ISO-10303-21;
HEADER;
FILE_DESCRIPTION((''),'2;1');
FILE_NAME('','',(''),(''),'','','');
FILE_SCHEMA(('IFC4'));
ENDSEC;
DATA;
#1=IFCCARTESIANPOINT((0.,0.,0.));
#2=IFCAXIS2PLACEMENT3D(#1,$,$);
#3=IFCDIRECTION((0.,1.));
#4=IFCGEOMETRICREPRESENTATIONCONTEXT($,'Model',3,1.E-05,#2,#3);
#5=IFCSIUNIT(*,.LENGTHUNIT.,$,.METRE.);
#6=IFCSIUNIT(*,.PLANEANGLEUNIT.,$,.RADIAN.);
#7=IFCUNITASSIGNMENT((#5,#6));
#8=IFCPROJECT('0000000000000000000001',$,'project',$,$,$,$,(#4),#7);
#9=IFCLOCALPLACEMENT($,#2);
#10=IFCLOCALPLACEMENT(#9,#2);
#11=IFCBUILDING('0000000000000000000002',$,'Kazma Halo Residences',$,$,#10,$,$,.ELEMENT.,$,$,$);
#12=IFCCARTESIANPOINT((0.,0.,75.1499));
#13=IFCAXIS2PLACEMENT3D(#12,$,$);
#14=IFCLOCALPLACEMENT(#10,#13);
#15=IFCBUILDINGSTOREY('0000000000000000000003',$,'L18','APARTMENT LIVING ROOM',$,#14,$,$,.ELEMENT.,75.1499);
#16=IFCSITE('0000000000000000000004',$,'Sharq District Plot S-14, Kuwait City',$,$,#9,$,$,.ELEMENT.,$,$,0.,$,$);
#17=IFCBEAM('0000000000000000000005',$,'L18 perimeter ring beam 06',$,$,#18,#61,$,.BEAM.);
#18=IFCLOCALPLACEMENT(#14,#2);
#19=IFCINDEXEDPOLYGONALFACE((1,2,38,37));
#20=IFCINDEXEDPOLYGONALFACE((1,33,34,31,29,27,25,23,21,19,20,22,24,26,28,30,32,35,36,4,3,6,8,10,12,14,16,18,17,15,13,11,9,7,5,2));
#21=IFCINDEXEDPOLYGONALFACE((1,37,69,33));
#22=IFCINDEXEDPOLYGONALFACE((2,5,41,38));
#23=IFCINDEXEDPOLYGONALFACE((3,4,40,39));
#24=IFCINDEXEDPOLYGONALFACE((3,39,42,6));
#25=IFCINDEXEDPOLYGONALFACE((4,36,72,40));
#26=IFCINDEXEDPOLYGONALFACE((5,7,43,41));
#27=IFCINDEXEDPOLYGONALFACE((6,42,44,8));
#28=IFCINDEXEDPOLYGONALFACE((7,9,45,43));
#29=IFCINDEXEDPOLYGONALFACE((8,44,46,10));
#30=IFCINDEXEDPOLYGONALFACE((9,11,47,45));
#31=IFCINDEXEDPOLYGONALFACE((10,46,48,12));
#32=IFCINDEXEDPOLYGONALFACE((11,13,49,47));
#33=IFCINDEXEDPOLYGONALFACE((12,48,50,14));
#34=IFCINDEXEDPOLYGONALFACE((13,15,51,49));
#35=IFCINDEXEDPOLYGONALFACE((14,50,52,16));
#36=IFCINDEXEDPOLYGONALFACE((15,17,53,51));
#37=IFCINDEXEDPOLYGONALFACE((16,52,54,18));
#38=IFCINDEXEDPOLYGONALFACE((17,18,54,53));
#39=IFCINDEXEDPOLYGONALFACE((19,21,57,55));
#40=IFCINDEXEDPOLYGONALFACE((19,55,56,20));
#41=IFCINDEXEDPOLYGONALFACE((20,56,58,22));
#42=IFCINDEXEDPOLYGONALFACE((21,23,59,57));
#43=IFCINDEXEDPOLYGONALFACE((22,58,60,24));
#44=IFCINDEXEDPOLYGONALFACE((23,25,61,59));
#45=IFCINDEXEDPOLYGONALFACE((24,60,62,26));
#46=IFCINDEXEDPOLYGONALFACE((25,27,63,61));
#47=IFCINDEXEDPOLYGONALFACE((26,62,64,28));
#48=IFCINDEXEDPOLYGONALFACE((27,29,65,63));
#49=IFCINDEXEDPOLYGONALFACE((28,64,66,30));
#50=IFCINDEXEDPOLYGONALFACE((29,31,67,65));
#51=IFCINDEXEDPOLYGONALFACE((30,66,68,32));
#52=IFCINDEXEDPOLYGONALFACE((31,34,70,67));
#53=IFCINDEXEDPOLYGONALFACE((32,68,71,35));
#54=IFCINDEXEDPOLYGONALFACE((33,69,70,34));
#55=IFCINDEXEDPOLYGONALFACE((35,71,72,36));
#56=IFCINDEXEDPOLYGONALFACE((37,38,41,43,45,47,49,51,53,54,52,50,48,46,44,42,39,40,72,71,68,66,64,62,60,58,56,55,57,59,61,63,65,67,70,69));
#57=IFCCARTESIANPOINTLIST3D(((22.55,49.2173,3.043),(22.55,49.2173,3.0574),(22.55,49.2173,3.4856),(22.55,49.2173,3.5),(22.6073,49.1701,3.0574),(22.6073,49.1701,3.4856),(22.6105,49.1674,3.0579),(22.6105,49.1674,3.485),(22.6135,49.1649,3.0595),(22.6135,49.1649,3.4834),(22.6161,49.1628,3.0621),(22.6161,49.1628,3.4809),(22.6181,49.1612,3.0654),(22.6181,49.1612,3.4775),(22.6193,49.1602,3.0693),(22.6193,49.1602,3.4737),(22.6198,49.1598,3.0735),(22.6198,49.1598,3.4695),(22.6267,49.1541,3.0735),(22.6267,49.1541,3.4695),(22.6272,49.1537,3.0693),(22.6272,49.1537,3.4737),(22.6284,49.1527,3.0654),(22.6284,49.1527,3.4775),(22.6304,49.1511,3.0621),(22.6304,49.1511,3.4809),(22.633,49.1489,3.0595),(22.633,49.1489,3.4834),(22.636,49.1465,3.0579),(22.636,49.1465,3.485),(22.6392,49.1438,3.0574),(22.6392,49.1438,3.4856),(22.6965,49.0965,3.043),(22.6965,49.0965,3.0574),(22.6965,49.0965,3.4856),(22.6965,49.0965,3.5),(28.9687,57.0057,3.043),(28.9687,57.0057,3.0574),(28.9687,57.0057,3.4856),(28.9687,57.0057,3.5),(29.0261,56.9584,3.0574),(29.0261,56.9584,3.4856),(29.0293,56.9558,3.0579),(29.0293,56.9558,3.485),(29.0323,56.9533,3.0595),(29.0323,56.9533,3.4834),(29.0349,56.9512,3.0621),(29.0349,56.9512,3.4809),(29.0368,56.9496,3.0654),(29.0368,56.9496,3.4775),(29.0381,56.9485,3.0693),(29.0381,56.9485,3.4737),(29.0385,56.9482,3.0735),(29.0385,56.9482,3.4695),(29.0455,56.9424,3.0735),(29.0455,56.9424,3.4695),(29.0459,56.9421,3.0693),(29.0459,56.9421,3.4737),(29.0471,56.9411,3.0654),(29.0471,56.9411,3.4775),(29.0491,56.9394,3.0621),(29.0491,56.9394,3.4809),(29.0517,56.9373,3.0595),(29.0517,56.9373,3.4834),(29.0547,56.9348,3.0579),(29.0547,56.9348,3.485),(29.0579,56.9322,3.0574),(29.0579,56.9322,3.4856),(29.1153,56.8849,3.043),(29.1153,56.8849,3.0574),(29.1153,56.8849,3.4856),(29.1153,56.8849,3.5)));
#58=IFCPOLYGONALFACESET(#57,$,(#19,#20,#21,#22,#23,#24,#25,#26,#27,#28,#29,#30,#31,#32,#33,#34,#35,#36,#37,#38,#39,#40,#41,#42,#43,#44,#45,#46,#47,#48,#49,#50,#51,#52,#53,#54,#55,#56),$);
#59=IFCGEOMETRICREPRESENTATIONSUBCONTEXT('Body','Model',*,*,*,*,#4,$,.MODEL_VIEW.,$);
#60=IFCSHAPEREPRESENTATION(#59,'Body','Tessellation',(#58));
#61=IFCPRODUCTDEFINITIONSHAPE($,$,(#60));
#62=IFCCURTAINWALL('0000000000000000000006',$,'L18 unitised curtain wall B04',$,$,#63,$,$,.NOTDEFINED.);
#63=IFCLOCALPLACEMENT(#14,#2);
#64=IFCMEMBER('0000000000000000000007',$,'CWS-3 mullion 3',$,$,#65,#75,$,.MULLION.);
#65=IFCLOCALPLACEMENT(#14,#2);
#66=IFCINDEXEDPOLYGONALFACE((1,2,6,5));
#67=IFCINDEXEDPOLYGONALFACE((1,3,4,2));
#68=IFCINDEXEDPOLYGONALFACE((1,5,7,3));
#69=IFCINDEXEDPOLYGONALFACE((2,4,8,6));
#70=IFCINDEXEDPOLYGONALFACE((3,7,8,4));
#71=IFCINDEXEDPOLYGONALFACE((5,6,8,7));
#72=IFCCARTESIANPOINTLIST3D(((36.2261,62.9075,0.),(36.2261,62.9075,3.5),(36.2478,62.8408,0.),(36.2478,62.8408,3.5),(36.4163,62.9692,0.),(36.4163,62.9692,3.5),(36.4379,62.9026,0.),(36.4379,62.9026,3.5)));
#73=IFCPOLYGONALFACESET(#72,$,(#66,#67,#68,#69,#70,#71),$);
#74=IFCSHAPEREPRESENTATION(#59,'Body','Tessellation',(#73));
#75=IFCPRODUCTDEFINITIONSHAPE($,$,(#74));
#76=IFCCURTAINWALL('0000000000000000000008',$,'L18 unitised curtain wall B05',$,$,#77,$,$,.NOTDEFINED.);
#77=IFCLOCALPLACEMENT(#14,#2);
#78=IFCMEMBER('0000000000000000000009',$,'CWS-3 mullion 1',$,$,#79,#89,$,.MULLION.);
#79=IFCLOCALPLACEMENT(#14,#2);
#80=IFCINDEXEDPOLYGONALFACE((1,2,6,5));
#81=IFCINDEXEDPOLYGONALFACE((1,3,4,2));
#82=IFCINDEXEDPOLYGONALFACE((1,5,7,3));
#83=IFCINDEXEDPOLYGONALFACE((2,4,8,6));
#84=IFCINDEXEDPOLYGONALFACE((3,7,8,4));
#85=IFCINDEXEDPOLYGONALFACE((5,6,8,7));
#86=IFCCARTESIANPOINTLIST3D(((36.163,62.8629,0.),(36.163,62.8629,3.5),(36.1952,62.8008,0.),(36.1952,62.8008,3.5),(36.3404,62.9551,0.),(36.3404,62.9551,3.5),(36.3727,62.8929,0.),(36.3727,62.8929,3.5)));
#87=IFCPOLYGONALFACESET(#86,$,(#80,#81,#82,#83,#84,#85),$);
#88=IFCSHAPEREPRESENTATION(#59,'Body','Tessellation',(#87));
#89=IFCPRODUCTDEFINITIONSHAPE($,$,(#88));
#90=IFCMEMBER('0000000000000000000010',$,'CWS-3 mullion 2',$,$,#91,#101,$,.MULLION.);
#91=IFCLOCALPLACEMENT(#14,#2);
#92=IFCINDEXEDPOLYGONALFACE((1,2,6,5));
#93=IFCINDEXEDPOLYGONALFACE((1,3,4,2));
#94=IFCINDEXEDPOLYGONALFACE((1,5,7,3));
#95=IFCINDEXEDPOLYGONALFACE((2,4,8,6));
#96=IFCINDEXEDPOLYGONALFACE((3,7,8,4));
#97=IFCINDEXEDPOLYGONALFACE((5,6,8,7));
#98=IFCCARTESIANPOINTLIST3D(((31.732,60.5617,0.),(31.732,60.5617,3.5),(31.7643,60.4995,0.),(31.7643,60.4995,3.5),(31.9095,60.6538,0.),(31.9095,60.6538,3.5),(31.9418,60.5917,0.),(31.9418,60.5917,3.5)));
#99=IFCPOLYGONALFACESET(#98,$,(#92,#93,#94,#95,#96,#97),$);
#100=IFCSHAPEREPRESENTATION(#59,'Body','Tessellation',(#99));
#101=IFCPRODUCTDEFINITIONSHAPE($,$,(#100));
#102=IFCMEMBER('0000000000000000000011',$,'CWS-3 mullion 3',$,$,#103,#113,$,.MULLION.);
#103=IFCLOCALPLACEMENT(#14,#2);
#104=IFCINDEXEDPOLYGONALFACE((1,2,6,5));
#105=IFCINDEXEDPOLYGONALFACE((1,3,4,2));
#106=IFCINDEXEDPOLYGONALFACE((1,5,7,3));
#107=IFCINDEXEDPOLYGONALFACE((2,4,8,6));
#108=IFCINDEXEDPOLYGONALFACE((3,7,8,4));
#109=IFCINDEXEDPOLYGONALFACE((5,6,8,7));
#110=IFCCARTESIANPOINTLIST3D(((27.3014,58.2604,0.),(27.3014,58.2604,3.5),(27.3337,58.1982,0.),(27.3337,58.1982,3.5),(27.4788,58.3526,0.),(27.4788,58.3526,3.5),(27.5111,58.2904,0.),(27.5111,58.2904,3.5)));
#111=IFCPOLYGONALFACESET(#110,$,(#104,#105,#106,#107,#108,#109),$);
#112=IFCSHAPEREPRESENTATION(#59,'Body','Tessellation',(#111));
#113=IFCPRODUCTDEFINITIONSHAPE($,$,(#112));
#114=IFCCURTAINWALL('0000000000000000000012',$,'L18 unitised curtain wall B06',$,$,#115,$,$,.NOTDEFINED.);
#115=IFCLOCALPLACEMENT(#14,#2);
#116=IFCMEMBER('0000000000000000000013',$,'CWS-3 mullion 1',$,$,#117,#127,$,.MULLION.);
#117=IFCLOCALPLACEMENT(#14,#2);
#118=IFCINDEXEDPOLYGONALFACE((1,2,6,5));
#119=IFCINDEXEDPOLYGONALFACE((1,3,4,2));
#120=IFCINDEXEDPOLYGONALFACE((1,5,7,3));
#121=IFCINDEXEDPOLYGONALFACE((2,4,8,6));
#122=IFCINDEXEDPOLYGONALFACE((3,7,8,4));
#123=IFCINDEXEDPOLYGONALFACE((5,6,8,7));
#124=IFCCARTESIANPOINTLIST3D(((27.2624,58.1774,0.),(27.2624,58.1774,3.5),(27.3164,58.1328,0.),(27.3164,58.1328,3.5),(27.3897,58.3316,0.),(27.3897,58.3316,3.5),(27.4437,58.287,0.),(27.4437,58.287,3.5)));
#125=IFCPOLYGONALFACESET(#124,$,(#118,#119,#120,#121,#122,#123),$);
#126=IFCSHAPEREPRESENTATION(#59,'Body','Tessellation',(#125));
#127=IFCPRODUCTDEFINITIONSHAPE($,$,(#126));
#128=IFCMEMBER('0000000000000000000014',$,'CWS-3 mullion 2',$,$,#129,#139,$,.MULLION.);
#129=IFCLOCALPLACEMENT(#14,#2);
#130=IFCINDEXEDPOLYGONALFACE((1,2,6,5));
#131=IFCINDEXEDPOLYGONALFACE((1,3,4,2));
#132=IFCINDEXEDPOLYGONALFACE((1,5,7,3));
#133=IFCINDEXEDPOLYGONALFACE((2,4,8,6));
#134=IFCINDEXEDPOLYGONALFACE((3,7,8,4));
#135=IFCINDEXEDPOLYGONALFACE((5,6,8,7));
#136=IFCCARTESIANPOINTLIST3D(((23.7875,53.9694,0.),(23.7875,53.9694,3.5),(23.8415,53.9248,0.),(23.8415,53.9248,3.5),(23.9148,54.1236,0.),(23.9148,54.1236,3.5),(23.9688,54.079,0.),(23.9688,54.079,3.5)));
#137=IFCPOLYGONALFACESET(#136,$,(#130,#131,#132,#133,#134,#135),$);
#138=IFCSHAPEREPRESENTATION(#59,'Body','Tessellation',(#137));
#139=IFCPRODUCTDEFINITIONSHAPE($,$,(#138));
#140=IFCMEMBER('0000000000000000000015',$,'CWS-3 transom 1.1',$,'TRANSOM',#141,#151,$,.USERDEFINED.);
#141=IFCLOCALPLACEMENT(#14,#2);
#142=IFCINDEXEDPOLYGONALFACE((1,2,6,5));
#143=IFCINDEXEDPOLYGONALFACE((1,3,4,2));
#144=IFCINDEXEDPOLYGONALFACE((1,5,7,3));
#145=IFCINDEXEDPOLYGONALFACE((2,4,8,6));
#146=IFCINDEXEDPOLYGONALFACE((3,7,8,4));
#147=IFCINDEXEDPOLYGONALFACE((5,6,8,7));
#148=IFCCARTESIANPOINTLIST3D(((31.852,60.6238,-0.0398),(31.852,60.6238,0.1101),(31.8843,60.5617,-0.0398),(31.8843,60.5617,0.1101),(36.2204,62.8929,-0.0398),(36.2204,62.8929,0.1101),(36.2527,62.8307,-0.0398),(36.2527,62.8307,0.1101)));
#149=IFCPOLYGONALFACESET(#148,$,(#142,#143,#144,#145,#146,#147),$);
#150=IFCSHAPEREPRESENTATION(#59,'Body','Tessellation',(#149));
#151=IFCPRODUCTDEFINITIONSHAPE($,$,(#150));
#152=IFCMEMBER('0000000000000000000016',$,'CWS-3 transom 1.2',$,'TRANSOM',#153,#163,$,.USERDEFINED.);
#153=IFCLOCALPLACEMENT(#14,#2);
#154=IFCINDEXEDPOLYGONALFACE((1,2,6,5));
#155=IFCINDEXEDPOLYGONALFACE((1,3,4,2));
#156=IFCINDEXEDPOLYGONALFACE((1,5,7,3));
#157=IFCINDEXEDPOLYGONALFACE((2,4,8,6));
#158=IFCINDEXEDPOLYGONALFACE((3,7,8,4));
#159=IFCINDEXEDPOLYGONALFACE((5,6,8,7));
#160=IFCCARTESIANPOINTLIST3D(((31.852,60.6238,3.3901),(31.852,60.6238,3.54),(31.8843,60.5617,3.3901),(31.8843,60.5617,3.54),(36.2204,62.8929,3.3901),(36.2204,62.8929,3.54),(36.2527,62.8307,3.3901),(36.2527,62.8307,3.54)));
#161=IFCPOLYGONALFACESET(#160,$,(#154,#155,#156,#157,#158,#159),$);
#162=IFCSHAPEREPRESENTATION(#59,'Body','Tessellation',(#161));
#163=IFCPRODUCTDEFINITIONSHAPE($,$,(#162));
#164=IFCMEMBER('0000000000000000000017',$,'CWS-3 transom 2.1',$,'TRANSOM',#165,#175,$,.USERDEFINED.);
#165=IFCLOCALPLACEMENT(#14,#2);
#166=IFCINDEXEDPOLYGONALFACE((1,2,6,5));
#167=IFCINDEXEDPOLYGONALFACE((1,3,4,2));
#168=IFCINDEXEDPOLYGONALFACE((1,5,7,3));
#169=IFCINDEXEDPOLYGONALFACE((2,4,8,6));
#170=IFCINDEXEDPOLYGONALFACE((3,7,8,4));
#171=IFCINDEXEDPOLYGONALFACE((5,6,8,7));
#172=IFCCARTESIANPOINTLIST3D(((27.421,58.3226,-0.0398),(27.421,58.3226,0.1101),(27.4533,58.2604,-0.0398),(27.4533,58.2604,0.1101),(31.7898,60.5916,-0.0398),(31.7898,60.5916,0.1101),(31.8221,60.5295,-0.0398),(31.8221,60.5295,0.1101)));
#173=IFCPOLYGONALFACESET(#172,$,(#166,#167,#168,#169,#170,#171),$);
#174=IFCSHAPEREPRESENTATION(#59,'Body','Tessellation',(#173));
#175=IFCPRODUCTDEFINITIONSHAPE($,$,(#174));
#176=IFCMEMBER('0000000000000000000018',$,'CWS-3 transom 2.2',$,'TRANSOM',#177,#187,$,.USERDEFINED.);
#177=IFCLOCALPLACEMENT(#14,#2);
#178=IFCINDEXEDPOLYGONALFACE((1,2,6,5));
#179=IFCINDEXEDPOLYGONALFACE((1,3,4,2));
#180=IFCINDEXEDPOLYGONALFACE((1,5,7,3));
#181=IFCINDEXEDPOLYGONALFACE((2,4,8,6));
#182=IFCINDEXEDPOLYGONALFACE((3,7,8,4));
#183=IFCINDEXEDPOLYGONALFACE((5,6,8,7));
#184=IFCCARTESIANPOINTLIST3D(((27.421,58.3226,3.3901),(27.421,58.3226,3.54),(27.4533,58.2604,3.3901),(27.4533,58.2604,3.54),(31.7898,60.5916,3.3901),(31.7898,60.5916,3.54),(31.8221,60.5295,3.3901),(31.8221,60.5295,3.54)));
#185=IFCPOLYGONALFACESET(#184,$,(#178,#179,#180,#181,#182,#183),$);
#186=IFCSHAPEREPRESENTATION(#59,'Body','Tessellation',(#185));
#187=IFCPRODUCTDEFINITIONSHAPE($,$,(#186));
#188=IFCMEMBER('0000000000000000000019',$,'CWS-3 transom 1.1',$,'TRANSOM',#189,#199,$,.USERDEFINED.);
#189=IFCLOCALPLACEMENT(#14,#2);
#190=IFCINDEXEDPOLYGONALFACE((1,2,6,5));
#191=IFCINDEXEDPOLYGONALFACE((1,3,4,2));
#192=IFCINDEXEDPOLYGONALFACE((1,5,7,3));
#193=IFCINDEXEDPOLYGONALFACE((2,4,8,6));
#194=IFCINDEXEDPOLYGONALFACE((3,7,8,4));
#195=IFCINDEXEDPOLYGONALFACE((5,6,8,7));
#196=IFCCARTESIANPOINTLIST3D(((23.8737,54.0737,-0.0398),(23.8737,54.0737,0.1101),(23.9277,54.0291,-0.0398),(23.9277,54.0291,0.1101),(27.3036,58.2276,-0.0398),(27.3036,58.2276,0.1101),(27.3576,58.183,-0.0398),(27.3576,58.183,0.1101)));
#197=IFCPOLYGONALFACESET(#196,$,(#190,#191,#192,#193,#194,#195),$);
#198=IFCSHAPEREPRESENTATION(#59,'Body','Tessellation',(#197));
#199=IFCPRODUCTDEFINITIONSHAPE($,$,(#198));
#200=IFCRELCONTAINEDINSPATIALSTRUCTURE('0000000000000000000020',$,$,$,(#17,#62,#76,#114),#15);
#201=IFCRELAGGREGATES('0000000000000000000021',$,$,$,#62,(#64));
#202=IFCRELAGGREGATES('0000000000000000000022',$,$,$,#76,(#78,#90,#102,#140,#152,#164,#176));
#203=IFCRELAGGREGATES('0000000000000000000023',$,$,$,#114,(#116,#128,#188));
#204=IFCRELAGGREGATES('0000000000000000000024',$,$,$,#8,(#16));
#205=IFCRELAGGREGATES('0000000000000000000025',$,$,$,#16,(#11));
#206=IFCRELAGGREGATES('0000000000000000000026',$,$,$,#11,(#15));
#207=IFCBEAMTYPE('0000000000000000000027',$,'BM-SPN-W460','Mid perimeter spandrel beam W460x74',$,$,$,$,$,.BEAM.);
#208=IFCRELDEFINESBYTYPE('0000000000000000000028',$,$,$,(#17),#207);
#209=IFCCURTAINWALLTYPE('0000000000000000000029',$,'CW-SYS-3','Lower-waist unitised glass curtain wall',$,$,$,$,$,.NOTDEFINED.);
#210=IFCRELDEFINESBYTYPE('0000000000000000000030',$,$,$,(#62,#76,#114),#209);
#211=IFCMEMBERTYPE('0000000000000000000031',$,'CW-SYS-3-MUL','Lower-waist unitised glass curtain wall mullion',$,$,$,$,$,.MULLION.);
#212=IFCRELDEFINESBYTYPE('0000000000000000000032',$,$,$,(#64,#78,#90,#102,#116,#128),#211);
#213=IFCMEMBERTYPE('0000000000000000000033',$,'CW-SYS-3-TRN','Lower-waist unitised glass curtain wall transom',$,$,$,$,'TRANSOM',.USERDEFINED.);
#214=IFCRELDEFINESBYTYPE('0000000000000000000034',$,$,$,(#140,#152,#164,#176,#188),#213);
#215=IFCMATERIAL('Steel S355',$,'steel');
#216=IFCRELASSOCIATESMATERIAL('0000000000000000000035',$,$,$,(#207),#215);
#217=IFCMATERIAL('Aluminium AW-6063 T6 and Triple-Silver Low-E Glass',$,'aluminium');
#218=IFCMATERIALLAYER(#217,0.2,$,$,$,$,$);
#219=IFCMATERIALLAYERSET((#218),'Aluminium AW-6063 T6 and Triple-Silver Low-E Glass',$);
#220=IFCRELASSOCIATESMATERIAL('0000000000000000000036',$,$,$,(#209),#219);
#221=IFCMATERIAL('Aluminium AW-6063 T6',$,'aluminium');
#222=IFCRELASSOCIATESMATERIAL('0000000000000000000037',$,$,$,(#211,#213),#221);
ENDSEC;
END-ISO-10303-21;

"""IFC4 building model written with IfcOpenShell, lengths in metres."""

from ifc_helpers import new_model, si_unit, direction, frame, origin, origin_2d, place, context, subcontext, project, spatial, rectangle, i_section, extrude, material, layer, layer_set, material_profile, profile_set, type_object, element, aggregate, save


model = new_model("IFC4")

# Units and contexts
model_context = context("Model", 3, precision=1e-05, world=origin(), true_north=direction((0.0, 1.0)))
body_context = subcontext(model_context, "Body", "Model", "MODEL_VIEW")
ifc_project = project(units=[si_unit("LENGTHUNIT", "METRE"), si_unit("PLANEANGLEUNIT", "RADIAN")], contexts=[model_context])

# Site, building, storey
site_placement = place(None, origin())
site = spatial("IfcSite", under=ifc_project, at=site_placement, Name="Sharq District Plot S-14, Kuwait City", CompositionType="ELEMENT", RefElevation=0.0)
building_placement = place(site_placement, origin())
building = spatial("IfcBuilding", under=site, at=building_placement, Name="Kazma Halo Residences", CompositionType="ELEMENT")
storey_placement = place(building_placement, frame((0.0, 0.0, 75.1499)))
storey = spatial("IfcBuildingStorey", under=building, at=storey_placement, Name="L18", Description="APARTMENT LIVING ROOM", CompositionType="ELEMENT", Elevation=75.1499)

# Beam
ifc_material_1 = material(Name="Steel S355", Category="steel")
ifc_material_profile_1 = material_profile(ifc_material_1, i_section(OverallWidth=0.1899, OverallDepth=0.457, WebThickness=0.009, FlangeThickness=0.0144, FilletRadius=0.0161, at=origin_2d()), Name="W460x74")
ifc_profile_set_1 = profile_set([ifc_material_profile_1], Name="Steel S355")
beam_type_1 = type_object("IfcBeamType", Name="BM-SPN-W460", Description="Mid perimeter spandrel beam W460x74", PredefinedType="BEAM", material=ifc_profile_set_1)
beam_1_placement = place(storey_placement, frame((29.042, 56.9453, 3.2715), z_axis=(-0.63599, -0.771698, 0.0), x_axis=(0.771698, -0.63599, 0.0)))
element("IfcBeam", 1, at=beam_1_placement, inside=storey, type_object=beam_type_1, Name="L18 perimeter ring beam 06", PredefinedType="BEAM", context=body_context, shape_type="SweptSolid", body=[
    extrude(i_section(OverallWidth=0.1899, OverallDepth=0.457, WebThickness=0.009, FlangeThickness=0.0144, FilletRadius=0.0161, at=origin_2d()), origin(), (0.0, 0.0, 1.0), 10.0925),
])

# Curtain wall, member
ifc_material_2 = material(Name="Aluminium AW-6063 T6 and Triple-Silver Low-E Glass", Category="aluminium")
ifc_layer_1 = layer(ifc_material_2, 0.2)
ifc_layer_set_1 = layer_set([ifc_layer_1], Name="Aluminium AW-6063 T6 and Triple-Silver Low-E Glass")
curtain_wall_type = type_object("IfcCurtainWallType", Name="CW-SYS-3", Description="Lower-waist unitised glass curtain wall", PredefinedType="NOTDEFINED", material=ifc_layer_set_1)
curtain_wall_1_placement = place(storey_placement, origin())
curtain_wall_1 = element("IfcCurtainWall", 2, at=curtain_wall_1_placement, inside=storey, type_object=curtain_wall_type, Name="L18 unitised curtain wall B04", PredefinedType="NOTDEFINED")
ifc_material_3 = material(Name="Aluminium AW-6063 T6", Category="aluminium")
ifc_material_profile_2 = material_profile(ifc_material_3, rectangle(XDim=0.0701, YDim=0.2, at=origin_2d()), Name="CWM-70x200")
ifc_profile_set_2 = profile_set([ifc_material_profile_2], Name="Aluminium AW-6063 T6")
member_type_1 = type_object("IfcMemberType", Name="CW-SYS-3-MUL", Description="Lower-waist unitised glass curtain wall mullion", PredefinedType="MULLION", material=ifc_profile_set_2)
member_1_placement = place(storey_placement, frame((36.332, 62.905, 0.0), z_axis=(0.0, 0.0, 1.0), x_axis=(0.309017, -0.951056, 0.0)))
member_1 = element("IfcMember", 3, at=member_1_placement, type_object=member_type_1, Name="CWS-3 mullion 3", PredefinedType="MULLION", context=body_context, shape_type="SweptSolid", body=[
    extrude(rectangle(XDim=0.0701, YDim=0.2, at=origin_2d()), origin(), (0.0, 0.0, 1.0), 3.5),
])
aggregate(curtain_wall_1, [member_1])

# Curtain walls, members
curtain_wall_2_placement = place(storey_placement, origin())
curtain_wall_2 = element("IfcCurtainWall", 4, at=curtain_wall_2_placement, inside=storey, type_object=curtain_wall_type, Name="L18 unitised curtain wall B05", PredefinedType="NOTDEFINED")
member_2_placement = place(storey_placement, frame((36.2678, 62.8779, 0.0), z_axis=(0.0, 0.0, 1.0), x_axis=(0.460932, -0.887435, 0.0)))
member_2 = element("IfcMember", 5, at=member_2_placement, type_object=member_type_1, Name="CWS-3 mullion 1", PredefinedType="MULLION", context=body_context, shape_type="SweptSolid", body=[
    extrude(rectangle(XDim=0.0701, YDim=0.2, at=origin_2d()), origin(), (0.0, 0.0, 1.0), 3.5),
])
member_3_placement = place(storey_placement, frame((31.8369, 60.5767, 0.0), z_axis=(0.0, 0.0, 1.0), x_axis=(0.460932, -0.887435, 0.0)))
member_3 = element("IfcMember", 6, at=member_3_placement, type_object=member_type_1, Name="CWS-3 mullion 2", PredefinedType="MULLION", context=body_context, shape_type="SweptSolid", body=[
    extrude(rectangle(XDim=0.0701, YDim=0.2, at=origin_2d()), origin(), (0.0, 0.0, 1.0), 3.5),
])
member_4_placement = place(storey_placement, frame((27.4062, 58.2754, 0.0), z_axis=(0.0, 0.0, 1.0), x_axis=(0.460932, -0.887435, 0.0)))
member_4 = element("IfcMember", 7, at=member_4_placement, type_object=member_type_1, Name="CWS-3 mullion 3", PredefinedType="MULLION", context=body_context, shape_type="SweptSolid", body=[
    extrude(rectangle(XDim=0.0701, YDim=0.2, at=origin_2d()), origin(), (0.0, 0.0, 1.0), 3.5),
])
curtain_wall_3_placement = place(storey_placement, origin())
curtain_wall_3 = element("IfcCurtainWall", 8, at=curtain_wall_3_placement, inside=storey, type_object=curtain_wall_type, Name="L18 unitised curtain wall B06", PredefinedType="NOTDEFINED")
member_5_placement = place(storey_placement, frame((27.353, 58.2322, 0.0), z_axis=(0.0, 0.0, 1.0), x_axis=(0.771095, -0.636721, 0.0)))
member_5 = element("IfcMember", 9, at=member_5_placement, type_object=member_type_1, Name="CWS-3 mullion 1", PredefinedType="MULLION", context=body_context, shape_type="SweptSolid", body=[
    extrude(rectangle(XDim=0.0701, YDim=0.2, at=origin_2d()), origin(), (0.0, 0.0, 1.0), 3.5),
])
member_6_placement = place(storey_placement, frame((23.8782, 54.0242, 0.0), z_axis=(0.0, 0.0, 1.0), x_axis=(0.771095, -0.636721, 0.0)))
member_6 = element("IfcMember", 10, at=member_6_placement, type_object=member_type_1, Name="CWS-3 mullion 2", PredefinedType="MULLION", context=body_context, shape_type="SweptSolid", body=[
    extrude(rectangle(XDim=0.0701, YDim=0.2, at=origin_2d()), origin(), (0.0, 0.0, 1.0), 3.5),
])

# Members
ifc_material_profile_3 = material_profile(ifc_material_3, rectangle(XDim=0.0701, YDim=0.1499, at=origin_2d()), Name="CWT-70x150")
ifc_profile_set_3 = profile_set([ifc_material_profile_3], Name="Aluminium AW-6063 T6")
member_type_2 = type_object("IfcMemberType", Name="CW-SYS-3-TRN", Description="Lower-waist unitised glass curtain wall transom", ElementType="TRANSOM", PredefinedType="USERDEFINED", material=ifc_profile_set_3)
member_7_placement = place(storey_placement, frame((36.2366, 62.8618, 0.0352), z_axis=(-0.887427, -0.460948, 0.0), x_axis=(0.460948, -0.887427, 0.0)))
member_7 = element("IfcMember", 11, at=member_7_placement, type_object=member_type_2, Name="CWS-3 transom 1.1", ObjectType="TRANSOM", PredefinedType="USERDEFINED", context=body_context, shape_type="SweptSolid", body=[
    extrude(rectangle(XDim=0.0701, YDim=0.1499, at=origin_2d()), origin(), (0.0, 0.0, 1.0), 4.9226),
])
member_8_placement = place(storey_placement, frame((36.2366, 62.8618, 3.4651), z_axis=(-0.887427, -0.460948, 0.0), x_axis=(0.460948, -0.887427, 0.0)))
member_8 = element("IfcMember", 12, at=member_8_placement, type_object=member_type_2, Name="CWS-3 transom 1.2", ObjectType="TRANSOM", PredefinedType="USERDEFINED", context=body_context, shape_type="SweptSolid", body=[
    extrude(rectangle(XDim=0.0701, YDim=0.1499, at=origin_2d()), origin(), (0.0, 0.0, 1.0), 4.9226),
])
member_9_placement = place(storey_placement, frame((31.8059, 60.5605, 0.0352), z_axis=(-0.887438, -0.460928, 0.0), x_axis=(0.460928, -0.887438, 0.0)))
member_9 = element("IfcMember", 13, at=member_9_placement, type_object=member_type_2, Name="CWS-3 transom 2.1", ObjectType="TRANSOM", PredefinedType="USERDEFINED", context=body_context, shape_type="SweptSolid", body=[
    extrude(rectangle(XDim=0.0701, YDim=0.1499, at=origin_2d()), origin(), (0.0, 0.0, 1.0), 4.9229),
])
member_10_placement = place(storey_placement, frame((31.8059, 60.5605, 3.4651), z_axis=(-0.887438, -0.460928, 0.0), x_axis=(0.460928, -0.887438, 0.0)))
member_10 = element("IfcMember", 14, at=member_10_placement, type_object=member_type_2, Name="CWS-3 transom 2.2", ObjectType="TRANSOM", PredefinedType="USERDEFINED", context=body_context, shape_type="SweptSolid", body=[
    extrude(rectangle(XDim=0.0701, YDim=0.1499, at=origin_2d()), origin(), (0.0, 0.0, 1.0), 4.9229),
])
member_11_placement = place(storey_placement, frame((27.3306, 58.2053, 0.0352), z_axis=(-0.636696, -0.771115, 0.0), x_axis=(0.771115, -0.636696, 0.0)))
member_11 = element("IfcMember", 15, at=member_11_placement, type_object=member_type_2, Name="CWS-3 transom 1.1", ObjectType="TRANSOM", PredefinedType="USERDEFINED", context=body_context, shape_type="SweptSolid", body=[
    extrude(rectangle(XDim=0.0701, YDim=0.1499, at=origin_2d()), origin(), (0.0, 0.0, 1.0), 5.387),
])

aggregate(curtain_wall_2, [member_2, member_3, member_4, member_7, member_8, member_9, member_10])
aggregate(curtain_wall_3, [member_5, member_6, member_11])

save(model, "model.ifc")
